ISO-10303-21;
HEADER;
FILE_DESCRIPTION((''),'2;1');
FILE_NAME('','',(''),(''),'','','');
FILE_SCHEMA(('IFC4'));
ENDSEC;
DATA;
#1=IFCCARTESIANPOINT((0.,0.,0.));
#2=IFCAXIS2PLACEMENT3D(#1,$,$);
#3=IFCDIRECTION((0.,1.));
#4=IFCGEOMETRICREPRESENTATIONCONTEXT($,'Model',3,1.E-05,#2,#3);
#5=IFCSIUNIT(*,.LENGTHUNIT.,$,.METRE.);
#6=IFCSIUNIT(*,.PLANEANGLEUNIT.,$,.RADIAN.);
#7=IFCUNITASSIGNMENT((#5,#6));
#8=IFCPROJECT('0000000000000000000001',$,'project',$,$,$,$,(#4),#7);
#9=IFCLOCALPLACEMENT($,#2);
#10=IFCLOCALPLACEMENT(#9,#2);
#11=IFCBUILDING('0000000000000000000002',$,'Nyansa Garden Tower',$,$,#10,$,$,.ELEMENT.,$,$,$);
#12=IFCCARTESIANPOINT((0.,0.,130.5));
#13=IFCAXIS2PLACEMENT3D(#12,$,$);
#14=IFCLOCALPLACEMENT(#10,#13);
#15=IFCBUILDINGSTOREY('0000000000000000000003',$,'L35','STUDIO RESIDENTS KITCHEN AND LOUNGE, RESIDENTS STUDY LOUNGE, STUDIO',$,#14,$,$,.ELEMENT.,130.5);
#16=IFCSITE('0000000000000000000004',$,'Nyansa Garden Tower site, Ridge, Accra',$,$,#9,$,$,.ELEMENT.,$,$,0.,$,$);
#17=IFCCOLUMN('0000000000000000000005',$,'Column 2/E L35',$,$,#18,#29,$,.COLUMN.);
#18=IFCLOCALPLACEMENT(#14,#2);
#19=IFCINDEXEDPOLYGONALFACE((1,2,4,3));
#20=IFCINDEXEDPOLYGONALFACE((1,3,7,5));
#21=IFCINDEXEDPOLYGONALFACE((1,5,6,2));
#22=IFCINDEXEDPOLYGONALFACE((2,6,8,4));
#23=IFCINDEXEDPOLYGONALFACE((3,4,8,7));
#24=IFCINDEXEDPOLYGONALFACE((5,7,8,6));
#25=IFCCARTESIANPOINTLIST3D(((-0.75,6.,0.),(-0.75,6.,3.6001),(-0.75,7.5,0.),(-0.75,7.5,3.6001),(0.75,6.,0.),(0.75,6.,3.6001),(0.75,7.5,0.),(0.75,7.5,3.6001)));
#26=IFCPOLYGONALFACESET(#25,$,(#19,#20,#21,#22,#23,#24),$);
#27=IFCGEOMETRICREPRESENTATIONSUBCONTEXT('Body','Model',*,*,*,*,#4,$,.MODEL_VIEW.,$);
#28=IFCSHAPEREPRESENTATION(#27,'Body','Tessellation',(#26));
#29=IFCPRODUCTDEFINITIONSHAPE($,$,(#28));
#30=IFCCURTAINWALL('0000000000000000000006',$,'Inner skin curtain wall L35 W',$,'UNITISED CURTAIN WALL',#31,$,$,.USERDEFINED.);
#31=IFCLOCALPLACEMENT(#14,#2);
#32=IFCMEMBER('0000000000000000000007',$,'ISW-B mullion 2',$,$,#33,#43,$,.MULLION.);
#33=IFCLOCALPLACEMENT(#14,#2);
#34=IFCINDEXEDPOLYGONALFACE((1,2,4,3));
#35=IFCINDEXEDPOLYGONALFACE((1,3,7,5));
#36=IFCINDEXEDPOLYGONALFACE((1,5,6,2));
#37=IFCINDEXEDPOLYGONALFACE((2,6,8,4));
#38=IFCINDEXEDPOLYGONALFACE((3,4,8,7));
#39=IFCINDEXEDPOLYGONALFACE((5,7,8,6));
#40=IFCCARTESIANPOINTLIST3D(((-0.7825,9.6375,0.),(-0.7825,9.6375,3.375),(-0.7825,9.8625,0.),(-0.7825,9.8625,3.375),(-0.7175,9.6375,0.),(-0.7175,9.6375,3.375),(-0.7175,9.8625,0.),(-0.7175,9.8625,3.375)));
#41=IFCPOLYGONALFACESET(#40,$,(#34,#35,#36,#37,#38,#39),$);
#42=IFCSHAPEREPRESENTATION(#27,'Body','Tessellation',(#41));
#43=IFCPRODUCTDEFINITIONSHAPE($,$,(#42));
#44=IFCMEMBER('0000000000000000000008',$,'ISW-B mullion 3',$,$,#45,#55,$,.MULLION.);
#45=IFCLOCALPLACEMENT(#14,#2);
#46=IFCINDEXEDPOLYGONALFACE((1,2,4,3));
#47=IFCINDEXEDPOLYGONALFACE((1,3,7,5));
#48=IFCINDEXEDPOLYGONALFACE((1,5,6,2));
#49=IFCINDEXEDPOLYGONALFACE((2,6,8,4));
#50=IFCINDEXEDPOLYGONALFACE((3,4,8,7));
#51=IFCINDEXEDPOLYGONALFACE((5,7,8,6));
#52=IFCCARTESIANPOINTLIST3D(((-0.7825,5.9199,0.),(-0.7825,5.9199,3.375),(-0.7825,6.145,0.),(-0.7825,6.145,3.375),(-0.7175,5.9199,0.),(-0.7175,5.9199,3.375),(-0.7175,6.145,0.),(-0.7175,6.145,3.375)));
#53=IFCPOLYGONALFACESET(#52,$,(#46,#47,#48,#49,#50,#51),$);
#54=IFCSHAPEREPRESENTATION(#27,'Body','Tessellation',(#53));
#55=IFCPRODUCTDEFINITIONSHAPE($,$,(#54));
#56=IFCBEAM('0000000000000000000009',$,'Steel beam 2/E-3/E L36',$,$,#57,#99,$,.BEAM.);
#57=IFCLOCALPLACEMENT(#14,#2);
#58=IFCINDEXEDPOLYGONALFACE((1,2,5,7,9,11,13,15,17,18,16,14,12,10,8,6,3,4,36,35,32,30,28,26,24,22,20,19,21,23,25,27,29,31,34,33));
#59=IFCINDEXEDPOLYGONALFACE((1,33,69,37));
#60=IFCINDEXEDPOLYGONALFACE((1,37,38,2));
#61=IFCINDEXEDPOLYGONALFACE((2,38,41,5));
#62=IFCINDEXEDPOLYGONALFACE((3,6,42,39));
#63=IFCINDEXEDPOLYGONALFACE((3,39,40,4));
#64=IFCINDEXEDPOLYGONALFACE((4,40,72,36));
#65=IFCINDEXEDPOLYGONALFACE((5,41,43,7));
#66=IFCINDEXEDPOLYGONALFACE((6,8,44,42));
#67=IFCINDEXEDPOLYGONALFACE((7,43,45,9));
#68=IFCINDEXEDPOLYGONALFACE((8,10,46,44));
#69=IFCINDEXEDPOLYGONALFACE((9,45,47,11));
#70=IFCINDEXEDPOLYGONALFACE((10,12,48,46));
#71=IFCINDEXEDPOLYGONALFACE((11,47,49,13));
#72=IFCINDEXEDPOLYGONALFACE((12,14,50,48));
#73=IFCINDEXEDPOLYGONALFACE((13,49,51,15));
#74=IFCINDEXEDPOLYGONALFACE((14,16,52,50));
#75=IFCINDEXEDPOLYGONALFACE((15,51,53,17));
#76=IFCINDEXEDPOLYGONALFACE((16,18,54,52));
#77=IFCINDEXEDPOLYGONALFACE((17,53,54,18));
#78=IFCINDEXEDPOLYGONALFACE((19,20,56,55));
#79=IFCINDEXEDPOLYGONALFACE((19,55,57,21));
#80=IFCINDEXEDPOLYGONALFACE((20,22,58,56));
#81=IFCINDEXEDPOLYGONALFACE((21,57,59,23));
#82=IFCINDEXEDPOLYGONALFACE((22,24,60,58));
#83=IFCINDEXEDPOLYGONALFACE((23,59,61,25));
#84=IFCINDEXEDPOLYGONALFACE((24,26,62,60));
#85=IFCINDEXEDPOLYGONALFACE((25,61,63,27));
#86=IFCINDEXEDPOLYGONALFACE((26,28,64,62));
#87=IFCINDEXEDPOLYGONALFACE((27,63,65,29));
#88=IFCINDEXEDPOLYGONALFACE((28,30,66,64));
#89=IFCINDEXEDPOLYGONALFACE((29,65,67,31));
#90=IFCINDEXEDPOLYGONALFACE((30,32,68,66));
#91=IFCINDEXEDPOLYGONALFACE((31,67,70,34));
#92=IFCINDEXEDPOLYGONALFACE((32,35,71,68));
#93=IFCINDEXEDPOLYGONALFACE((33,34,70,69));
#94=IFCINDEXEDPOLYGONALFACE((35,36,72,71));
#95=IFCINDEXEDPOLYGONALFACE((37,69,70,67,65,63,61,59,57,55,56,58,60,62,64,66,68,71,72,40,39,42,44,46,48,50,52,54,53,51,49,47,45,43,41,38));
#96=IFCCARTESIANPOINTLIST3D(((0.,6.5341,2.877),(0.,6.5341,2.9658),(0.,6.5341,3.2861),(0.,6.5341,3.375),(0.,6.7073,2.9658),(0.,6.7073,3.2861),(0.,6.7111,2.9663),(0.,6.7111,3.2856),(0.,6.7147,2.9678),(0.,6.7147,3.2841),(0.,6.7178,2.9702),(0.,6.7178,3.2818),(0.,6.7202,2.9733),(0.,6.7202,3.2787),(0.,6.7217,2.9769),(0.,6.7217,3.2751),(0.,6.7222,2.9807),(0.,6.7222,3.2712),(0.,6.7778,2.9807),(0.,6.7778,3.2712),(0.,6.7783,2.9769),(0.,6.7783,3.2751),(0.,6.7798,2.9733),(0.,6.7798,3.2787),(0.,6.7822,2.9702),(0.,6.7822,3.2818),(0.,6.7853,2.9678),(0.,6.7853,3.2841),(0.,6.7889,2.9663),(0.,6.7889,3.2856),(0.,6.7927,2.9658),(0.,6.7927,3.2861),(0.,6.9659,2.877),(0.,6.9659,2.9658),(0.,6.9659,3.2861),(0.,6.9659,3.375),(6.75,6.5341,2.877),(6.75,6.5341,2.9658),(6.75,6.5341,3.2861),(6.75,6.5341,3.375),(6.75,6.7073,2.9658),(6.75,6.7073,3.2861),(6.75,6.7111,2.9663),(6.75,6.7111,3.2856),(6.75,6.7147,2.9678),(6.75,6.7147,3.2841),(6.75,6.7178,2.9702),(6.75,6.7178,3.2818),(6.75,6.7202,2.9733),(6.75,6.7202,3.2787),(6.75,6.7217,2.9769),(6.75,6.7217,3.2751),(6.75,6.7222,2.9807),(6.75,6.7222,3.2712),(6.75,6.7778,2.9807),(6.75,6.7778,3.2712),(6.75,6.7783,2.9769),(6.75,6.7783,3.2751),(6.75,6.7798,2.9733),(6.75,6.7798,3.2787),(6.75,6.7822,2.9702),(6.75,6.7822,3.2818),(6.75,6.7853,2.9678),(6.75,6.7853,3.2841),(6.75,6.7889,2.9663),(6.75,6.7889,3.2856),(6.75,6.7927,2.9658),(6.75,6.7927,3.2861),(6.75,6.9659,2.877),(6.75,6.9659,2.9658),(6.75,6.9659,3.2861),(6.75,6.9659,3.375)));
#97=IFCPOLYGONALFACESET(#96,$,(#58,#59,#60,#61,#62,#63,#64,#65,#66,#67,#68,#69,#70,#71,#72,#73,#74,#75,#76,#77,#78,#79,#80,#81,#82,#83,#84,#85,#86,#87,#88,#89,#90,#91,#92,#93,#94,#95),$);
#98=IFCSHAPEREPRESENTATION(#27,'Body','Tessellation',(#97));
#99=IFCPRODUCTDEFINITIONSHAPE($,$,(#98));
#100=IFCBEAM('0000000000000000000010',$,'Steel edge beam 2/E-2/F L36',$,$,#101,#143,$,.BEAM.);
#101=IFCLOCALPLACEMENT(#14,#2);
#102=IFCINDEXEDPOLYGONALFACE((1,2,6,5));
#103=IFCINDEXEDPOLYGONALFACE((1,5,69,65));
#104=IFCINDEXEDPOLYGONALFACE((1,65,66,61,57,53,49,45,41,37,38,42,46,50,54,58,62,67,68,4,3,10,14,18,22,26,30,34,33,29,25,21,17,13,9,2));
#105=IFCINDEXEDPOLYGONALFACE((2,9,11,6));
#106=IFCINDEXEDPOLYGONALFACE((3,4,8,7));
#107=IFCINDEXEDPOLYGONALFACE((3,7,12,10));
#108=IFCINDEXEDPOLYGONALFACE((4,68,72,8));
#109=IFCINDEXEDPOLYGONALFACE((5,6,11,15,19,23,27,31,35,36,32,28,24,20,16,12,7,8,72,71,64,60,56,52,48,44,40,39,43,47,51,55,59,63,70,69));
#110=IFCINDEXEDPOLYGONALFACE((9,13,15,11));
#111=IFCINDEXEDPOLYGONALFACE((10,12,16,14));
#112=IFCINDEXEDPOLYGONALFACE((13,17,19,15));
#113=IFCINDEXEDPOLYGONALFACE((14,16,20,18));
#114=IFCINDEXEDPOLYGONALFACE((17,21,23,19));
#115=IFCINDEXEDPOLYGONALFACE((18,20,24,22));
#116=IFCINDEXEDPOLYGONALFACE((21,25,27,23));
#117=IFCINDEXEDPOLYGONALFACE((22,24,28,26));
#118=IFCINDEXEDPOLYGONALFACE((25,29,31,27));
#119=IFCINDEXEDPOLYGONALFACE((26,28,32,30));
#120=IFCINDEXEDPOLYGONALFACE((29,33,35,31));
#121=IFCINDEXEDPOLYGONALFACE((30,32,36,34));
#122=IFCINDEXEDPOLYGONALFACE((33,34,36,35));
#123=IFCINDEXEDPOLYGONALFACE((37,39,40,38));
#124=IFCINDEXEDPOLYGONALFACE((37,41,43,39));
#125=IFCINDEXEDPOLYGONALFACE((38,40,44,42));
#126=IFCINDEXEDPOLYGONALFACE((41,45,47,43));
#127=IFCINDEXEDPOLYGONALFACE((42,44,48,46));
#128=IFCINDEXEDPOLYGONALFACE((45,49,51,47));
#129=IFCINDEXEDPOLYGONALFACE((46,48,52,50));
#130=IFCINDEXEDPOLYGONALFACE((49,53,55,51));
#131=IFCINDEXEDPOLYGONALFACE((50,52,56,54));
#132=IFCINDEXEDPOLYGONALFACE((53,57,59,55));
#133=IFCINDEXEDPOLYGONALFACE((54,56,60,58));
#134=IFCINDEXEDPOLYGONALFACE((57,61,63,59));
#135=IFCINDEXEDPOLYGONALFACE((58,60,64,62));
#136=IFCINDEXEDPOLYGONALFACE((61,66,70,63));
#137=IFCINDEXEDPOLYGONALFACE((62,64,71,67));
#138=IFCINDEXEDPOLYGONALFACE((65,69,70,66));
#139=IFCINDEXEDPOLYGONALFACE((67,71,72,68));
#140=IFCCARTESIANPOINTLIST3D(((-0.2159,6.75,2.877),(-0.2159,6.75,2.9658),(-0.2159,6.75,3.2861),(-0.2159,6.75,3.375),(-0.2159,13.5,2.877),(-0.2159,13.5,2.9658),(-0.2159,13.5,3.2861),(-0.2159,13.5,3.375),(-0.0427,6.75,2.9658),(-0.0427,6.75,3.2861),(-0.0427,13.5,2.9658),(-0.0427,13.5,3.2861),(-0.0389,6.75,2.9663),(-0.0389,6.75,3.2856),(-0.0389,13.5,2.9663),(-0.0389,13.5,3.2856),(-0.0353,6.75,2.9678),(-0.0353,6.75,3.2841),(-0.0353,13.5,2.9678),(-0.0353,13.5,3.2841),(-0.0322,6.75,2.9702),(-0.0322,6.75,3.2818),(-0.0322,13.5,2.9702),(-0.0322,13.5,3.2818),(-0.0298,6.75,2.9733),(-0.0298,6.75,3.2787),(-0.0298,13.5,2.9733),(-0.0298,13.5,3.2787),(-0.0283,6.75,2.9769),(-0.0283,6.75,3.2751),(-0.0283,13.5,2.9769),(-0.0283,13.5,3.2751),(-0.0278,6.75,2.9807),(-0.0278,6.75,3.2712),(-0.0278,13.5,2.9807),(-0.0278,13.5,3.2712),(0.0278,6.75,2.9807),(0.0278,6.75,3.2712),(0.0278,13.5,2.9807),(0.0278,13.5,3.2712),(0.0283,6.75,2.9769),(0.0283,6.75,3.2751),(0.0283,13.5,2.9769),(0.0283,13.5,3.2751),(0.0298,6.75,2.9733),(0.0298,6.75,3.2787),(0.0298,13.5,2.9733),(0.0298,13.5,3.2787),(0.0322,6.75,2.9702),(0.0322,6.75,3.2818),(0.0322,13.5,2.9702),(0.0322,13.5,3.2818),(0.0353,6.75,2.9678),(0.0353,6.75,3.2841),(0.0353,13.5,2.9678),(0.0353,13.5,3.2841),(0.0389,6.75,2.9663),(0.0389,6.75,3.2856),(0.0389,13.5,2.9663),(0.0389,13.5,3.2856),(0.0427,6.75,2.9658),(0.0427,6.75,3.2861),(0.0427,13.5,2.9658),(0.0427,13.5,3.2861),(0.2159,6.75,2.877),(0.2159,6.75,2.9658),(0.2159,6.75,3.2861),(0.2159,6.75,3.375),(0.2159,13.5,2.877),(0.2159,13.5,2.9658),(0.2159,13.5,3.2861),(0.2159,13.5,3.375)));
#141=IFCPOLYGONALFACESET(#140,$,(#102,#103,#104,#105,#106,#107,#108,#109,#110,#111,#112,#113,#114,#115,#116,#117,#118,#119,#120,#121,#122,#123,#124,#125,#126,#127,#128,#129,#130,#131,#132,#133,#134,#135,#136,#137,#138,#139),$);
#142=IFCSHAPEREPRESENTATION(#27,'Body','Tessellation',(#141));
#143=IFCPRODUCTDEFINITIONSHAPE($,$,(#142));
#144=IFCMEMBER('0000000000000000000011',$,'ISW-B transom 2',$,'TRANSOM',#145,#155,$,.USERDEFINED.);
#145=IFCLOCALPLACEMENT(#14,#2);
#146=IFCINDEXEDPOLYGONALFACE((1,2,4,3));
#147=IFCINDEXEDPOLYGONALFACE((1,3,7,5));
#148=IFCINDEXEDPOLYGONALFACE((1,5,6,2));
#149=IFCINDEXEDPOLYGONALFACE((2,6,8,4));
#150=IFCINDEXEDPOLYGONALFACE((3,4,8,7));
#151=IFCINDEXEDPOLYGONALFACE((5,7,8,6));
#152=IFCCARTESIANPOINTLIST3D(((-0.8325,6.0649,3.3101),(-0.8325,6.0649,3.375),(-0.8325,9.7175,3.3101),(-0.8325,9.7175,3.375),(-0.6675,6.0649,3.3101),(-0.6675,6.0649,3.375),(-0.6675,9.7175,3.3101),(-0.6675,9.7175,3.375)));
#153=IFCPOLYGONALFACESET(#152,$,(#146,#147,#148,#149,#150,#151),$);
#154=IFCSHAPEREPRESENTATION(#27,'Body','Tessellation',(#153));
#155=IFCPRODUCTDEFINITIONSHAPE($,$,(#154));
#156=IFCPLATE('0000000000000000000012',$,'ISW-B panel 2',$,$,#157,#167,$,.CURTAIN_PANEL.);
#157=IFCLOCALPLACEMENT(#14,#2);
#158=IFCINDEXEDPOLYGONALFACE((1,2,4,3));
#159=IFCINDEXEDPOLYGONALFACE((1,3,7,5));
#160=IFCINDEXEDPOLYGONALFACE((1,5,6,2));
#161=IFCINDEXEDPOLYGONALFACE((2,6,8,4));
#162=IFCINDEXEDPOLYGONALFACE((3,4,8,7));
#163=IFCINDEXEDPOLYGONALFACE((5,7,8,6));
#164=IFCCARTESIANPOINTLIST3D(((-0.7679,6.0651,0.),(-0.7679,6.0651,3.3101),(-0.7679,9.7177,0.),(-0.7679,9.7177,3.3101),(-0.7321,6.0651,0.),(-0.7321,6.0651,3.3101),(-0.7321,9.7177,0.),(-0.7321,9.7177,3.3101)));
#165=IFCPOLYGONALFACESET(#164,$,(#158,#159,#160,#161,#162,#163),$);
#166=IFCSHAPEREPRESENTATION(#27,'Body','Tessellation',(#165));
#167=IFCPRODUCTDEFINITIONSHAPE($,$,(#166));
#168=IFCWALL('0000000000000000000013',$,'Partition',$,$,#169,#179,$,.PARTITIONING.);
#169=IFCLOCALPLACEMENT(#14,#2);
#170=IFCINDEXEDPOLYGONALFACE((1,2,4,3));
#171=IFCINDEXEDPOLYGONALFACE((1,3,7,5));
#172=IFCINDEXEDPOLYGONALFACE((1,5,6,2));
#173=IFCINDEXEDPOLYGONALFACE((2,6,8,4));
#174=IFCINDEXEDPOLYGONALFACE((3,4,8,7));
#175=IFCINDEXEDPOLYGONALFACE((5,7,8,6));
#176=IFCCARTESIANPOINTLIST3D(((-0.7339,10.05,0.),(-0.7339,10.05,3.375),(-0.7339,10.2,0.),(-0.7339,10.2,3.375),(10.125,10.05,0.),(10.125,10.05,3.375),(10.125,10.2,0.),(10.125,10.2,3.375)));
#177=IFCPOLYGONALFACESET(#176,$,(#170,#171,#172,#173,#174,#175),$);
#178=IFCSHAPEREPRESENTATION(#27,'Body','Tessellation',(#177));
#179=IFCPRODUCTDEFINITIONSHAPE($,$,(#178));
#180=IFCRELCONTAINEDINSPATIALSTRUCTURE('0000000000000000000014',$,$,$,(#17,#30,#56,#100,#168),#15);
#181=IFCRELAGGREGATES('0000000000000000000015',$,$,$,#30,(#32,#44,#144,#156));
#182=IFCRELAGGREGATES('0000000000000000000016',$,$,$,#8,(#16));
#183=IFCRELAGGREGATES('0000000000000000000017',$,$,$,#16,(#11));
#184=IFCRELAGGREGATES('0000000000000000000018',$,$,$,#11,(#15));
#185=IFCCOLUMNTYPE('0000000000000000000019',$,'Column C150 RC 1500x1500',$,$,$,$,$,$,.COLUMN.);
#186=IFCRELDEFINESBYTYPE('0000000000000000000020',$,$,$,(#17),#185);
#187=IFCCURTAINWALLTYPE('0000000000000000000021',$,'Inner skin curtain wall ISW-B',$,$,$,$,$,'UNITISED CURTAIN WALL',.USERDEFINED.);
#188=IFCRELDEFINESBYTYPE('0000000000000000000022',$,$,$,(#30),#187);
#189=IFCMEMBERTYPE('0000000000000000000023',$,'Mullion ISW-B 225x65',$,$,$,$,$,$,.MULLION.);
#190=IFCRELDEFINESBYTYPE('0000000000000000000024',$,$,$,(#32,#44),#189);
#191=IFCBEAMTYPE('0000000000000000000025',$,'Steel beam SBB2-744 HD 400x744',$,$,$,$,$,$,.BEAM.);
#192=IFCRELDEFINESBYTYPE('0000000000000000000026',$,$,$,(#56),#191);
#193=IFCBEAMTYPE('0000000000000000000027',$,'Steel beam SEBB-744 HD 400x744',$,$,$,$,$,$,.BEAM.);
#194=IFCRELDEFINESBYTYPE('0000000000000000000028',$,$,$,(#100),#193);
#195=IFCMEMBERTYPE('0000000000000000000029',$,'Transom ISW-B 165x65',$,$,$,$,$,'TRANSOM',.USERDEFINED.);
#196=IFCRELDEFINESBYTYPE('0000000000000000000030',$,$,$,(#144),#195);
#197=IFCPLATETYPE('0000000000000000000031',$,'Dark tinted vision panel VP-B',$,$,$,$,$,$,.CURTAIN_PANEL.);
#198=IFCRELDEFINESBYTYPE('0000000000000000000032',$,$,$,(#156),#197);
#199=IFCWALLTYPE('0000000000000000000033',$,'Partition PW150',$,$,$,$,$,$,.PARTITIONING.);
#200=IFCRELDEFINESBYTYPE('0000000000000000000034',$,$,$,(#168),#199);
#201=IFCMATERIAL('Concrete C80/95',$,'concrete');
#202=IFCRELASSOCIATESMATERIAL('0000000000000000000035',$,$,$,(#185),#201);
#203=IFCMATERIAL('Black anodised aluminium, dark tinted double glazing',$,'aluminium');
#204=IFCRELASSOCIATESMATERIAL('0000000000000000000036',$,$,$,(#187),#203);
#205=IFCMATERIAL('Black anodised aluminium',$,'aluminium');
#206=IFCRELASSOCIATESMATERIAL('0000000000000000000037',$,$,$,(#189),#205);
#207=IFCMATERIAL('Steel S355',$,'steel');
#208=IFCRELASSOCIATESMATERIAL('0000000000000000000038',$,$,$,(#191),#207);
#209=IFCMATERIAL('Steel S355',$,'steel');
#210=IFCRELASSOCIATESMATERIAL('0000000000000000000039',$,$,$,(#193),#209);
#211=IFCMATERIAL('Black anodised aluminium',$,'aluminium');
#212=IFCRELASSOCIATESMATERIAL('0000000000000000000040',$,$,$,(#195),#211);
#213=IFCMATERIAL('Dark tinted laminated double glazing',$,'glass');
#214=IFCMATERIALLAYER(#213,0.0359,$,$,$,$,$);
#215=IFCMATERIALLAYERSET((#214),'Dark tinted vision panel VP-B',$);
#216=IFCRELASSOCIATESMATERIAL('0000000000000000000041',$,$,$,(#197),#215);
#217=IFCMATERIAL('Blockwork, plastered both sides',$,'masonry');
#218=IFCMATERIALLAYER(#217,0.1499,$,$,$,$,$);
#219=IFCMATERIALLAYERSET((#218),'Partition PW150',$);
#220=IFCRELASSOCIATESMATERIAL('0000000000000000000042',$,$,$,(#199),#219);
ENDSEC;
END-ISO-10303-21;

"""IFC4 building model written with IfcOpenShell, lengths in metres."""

from ifc_helpers import new_model, si_unit, direction, frame, frame_2d, origin, origin_2d, place, context, subcontext, project, spatial, rectangle, i_section, extrude, material, layer, layer_set, material_profile, profile_set, type_object, element, aggregate, save


model = new_model("IFC4")

# Units and contexts
model_context = context("Model", 3, precision=1e-05, world=origin(), true_north=direction((0.0, 1.0)))
body_context = subcontext(model_context, "Body", "Model", "MODEL_VIEW")
ifc_project = project(units=[si_unit("LENGTHUNIT", "METRE"), si_unit("PLANEANGLEUNIT", "RADIAN")], contexts=[model_context])

# Site, building, storey
site_placement = place(None, origin())
site = spatial("IfcSite", under=ifc_project, at=site_placement, Name="Nyansa Garden Tower site, Ridge, Accra", CompositionType="ELEMENT", RefElevation=0.0)
building_placement = place(site_placement, origin())
building = spatial("IfcBuilding", under=site, at=building_placement, Name="Nyansa Garden Tower", CompositionType="ELEMENT")
storey_placement = place(building_placement, frame((0.0, 0.0, 130.5)))
storey = spatial("IfcBuildingStorey", under=building, at=storey_placement, Name="L35", Description="STUDIO RESIDENTS KITCHEN AND LOUNGE, RESIDENTS STUDY LOUNGE, STUDIO", CompositionType="ELEMENT", Elevation=130.5)

# Column
ifc_material_1 = material(Name="Concrete C80/95", Category="concrete")
ifc_material_profile_1 = material_profile(ifc_material_1, rectangle(XDim=1.5, YDim=1.5, at=origin_2d()), Name="RC 1500x1500")
ifc_profile_set_1 = profile_set([ifc_material_profile_1], Name="Concrete C80/95")
column_type = type_object("IfcColumnType", Name="Column C150 RC 1500x1500", PredefinedType="COLUMN", material=ifc_profile_set_1)
column_placement = place(storey_placement, frame((0.0, 6.75, 0.0), z_axis=(0.0, 0.0, 1.0), x_axis=(1.0, 0.0, 0.0)))
element("IfcColumn", 1, at=column_placement, inside=storey, type_object=column_type, Name="Column 2/E L35", PredefinedType="COLUMN", context=body_context, shape_type="SweptSolid", body=[
    extrude(rectangle(XDim=1.5, YDim=1.5, at=origin_2d()), origin(), (0.0, 0.0, 1.0), 3.6001),
])

# Curtain wall, members
ifc_material_2 = material(Name="Black anodised aluminium, dark tinted double glazing", Category="aluminium")
curtain_wall_type = type_object("IfcCurtainWallType", Name="Inner skin curtain wall ISW-B", ElementType="UNITISED CURTAIN WALL", PredefinedType="USERDEFINED", material=ifc_material_2)
curtain_wall_placement = place(storey_placement, origin())
curtain_wall = element("IfcCurtainWall", 2, at=curtain_wall_placement, inside=storey, type_object=curtain_wall_type, Name="Inner skin curtain wall L35 W", ObjectType="UNITISED CURTAIN WALL", PredefinedType="USERDEFINED")
ifc_material_3 = material(Name="Black anodised aluminium", Category="aluminium")
ifc_material_profile_2 = material_profile(ifc_material_3, rectangle(XDim=0.0649, YDim=0.2251, at=origin_2d()), Name="Mullion 225x65")
ifc_profile_set_2 = profile_set([ifc_material_profile_2], Name="Black anodised aluminium")
member_type_1 = type_object("IfcMemberType", Name="Mullion ISW-B 225x65", PredefinedType="MULLION", material=ifc_profile_set_2)
member_1_placement = place(storey_placement, frame((-0.75, 9.75, 0.0), z_axis=(0.0, 0.0, 1.0), x_axis=(1.0, 0.0, 0.0)))
member_1 = element("IfcMember", 3, at=member_1_placement, type_object=member_type_1, Name="ISW-B mullion 2", PredefinedType="MULLION", context=body_context, shape_type="SweptSolid", body=[
    extrude(rectangle(XDim=0.0649, YDim=0.2251, at=origin_2d()), origin(), (0.0, 0.0, 1.0), 3.375),
])
member_2_placement = place(storey_placement, frame((-0.75, 6.0325, 0.0), z_axis=(0.0, 0.0, 1.0), x_axis=(1.0, 0.0, 0.0)))
member_2 = element("IfcMember", 4, at=member_2_placement, type_object=member_type_1, Name="ISW-B mullion 3", PredefinedType="MULLION", context=body_context, shape_type="SweptSolid", body=[
    extrude(rectangle(XDim=0.0649, YDim=0.2251, at=origin_2d()), origin(), (0.0, 0.0, 1.0), 3.375),
])

# Beams
ifc_material_4 = material(Name="Steel S355", Category="steel")
ifc_material_profile_3 = material_profile(ifc_material_4, i_section(OverallWidth=0.4319, OverallDepth=0.498, WebThickness=0.0557, FlangeThickness=0.0889, FilletRadius=0.0149, at=origin_2d()), Name="HD 400x744")
ifc_profile_set_3 = profile_set([ifc_material_profile_3], Name="Steel S355")
beam_type_1 = type_object("IfcBeamType", Name="Steel beam SBB2-744 HD 400x744", PredefinedType="BEAM", material=ifc_profile_set_3)
beam_1_placement = place(storey_placement, frame((0.0, 6.75, 3.126), z_axis=(1.0, 0.0, 0.0), x_axis=(0.0, 1.0, 0.0)))
element("IfcBeam", 5, at=beam_1_placement, inside=storey, type_object=beam_type_1, Name="Steel beam 2/E-3/E L36", PredefinedType="BEAM", context=body_context, shape_type="SweptSolid", body=[
    extrude(i_section(OverallWidth=0.4319, OverallDepth=0.498, WebThickness=0.0557, FlangeThickness=0.0889, FilletRadius=0.0149, at=origin_2d()), origin(), (0.0, 0.0, 1.0), 6.75),
])
ifc_material_5 = material(Name="Steel S355", Category="steel")
ifc_material_profile_4 = material_profile(ifc_material_5, i_section(OverallWidth=0.4319, OverallDepth=0.498, WebThickness=0.0557, FlangeThickness=0.0889, FilletRadius=0.0149, at=origin_2d()), Name="HD 400x744")
ifc_profile_set_4 = profile_set([ifc_material_profile_4], Name="Steel S355")
beam_type_2 = type_object("IfcBeamType", Name="Steel beam SEBB-744 HD 400x744", PredefinedType="BEAM", material=ifc_profile_set_4)
beam_2_placement = place(storey_placement, frame((0.0, 6.75, 3.126), z_axis=(0.0, 1.0, 0.0), x_axis=(-1.0, 0.0, 0.0)))
element("IfcBeam", 6, at=beam_2_placement, inside=storey, type_object=beam_type_2, Name="Steel edge beam 2/E-2/F L36", PredefinedType="BEAM", context=body_context, shape_type="SweptSolid", body=[
    extrude(i_section(OverallWidth=0.4319, OverallDepth=0.498, WebThickness=0.0557, FlangeThickness=0.0889, FilletRadius=0.0149, at=origin_2d()), origin(), (0.0, 0.0, 1.0), 6.75),
])

# Member
ifc_material_6 = material(Name="Black anodised aluminium", Category="aluminium")
ifc_material_profile_5 = material_profile(ifc_material_6, rectangle(XDim=0.165, YDim=0.0649, at=origin_2d()), Name="Transom 165x65")
ifc_profile_set_5 = profile_set([ifc_material_profile_5], Name="Black anodised aluminium")
member_type_2 = type_object("IfcMemberType", Name="Transom ISW-B 165x65", ElementType="TRANSOM", PredefinedType="USERDEFINED", material=ifc_profile_set_5)
member_3_placement = place(storey_placement, frame((-0.75, 9.7175, 3.3425), z_axis=(0.0, -1.0, 0.0), x_axis=(1.0, 0.0, 0.0)))
member_3 = element("IfcMember", 7, at=member_3_placement, type_object=member_type_2, Name="ISW-B transom 2", ObjectType="TRANSOM", PredefinedType="USERDEFINED", context=body_context, shape_type="SweptSolid", body=[
    extrude(rectangle(XDim=0.165, YDim=0.0649, at=origin_2d()), origin(), (0.0, 0.0, 1.0), 3.6526),
])

# Plate
ifc_material_7 = material(Name="Dark tinted laminated double glazing", Category="glass")
ifc_layer_1 = layer(ifc_material_7, 0.0359)
ifc_layer_set_1 = layer_set([ifc_layer_1], Name="Dark tinted vision panel VP-B")
plate_type = type_object("IfcPlateType", Name="Dark tinted vision panel VP-B", PredefinedType="CURTAIN_PANEL", material=ifc_layer_set_1)
plate_placement = place(storey_placement, frame((-0.75, 7.8914, 0.0), z_axis=(0.0, 0.0, 1.0), x_axis=(0.0, -1.0, 0.0)))
plate = element("IfcPlate", 8, at=plate_placement, type_object=plate_type, Name="ISW-B panel 2", PredefinedType="CURTAIN_PANEL", context=body_context, shape_type="SweptSolid", body=[
    extrude(rectangle(XDim=3.6526, YDim=0.0359, at=origin_2d()), origin(), (0.0, 0.0, 1.0), 3.3101),
])
aggregate(curtain_wall, [member_1, member_2, member_3, plate])

# Wall
ifc_material_8 = material(Name="Blockwork, plastered both sides", Category="masonry")
ifc_layer_2 = layer(ifc_material_8, 0.1499)
ifc_layer_set_2 = layer_set([ifc_layer_2], Name="Partition PW150")
wall_type_1 = type_object("IfcWallType", Name="Partition PW150", PredefinedType="PARTITIONING", material=ifc_layer_set_2)
wall_1_placement = place(storey_placement, frame((-0.7339, 10.125, 0.0), z_axis=(0.0, 0.0, 1.0), x_axis=(1.0, 0.0, 0.0)))
element("IfcWall", 9, at=wall_1_placement, inside=storey, type_object=wall_type_1, Name="Partition", PredefinedType="PARTITIONING", context=body_context, shape_type="SweptSolid", body=[
    extrude(rectangle(XDim=10.8589, YDim=0.1499, at=frame_2d((5.4294, 0.0))), origin(), (0.0, 0.0, 1.0), 3.375),
])

save(model, "model.ifc")
